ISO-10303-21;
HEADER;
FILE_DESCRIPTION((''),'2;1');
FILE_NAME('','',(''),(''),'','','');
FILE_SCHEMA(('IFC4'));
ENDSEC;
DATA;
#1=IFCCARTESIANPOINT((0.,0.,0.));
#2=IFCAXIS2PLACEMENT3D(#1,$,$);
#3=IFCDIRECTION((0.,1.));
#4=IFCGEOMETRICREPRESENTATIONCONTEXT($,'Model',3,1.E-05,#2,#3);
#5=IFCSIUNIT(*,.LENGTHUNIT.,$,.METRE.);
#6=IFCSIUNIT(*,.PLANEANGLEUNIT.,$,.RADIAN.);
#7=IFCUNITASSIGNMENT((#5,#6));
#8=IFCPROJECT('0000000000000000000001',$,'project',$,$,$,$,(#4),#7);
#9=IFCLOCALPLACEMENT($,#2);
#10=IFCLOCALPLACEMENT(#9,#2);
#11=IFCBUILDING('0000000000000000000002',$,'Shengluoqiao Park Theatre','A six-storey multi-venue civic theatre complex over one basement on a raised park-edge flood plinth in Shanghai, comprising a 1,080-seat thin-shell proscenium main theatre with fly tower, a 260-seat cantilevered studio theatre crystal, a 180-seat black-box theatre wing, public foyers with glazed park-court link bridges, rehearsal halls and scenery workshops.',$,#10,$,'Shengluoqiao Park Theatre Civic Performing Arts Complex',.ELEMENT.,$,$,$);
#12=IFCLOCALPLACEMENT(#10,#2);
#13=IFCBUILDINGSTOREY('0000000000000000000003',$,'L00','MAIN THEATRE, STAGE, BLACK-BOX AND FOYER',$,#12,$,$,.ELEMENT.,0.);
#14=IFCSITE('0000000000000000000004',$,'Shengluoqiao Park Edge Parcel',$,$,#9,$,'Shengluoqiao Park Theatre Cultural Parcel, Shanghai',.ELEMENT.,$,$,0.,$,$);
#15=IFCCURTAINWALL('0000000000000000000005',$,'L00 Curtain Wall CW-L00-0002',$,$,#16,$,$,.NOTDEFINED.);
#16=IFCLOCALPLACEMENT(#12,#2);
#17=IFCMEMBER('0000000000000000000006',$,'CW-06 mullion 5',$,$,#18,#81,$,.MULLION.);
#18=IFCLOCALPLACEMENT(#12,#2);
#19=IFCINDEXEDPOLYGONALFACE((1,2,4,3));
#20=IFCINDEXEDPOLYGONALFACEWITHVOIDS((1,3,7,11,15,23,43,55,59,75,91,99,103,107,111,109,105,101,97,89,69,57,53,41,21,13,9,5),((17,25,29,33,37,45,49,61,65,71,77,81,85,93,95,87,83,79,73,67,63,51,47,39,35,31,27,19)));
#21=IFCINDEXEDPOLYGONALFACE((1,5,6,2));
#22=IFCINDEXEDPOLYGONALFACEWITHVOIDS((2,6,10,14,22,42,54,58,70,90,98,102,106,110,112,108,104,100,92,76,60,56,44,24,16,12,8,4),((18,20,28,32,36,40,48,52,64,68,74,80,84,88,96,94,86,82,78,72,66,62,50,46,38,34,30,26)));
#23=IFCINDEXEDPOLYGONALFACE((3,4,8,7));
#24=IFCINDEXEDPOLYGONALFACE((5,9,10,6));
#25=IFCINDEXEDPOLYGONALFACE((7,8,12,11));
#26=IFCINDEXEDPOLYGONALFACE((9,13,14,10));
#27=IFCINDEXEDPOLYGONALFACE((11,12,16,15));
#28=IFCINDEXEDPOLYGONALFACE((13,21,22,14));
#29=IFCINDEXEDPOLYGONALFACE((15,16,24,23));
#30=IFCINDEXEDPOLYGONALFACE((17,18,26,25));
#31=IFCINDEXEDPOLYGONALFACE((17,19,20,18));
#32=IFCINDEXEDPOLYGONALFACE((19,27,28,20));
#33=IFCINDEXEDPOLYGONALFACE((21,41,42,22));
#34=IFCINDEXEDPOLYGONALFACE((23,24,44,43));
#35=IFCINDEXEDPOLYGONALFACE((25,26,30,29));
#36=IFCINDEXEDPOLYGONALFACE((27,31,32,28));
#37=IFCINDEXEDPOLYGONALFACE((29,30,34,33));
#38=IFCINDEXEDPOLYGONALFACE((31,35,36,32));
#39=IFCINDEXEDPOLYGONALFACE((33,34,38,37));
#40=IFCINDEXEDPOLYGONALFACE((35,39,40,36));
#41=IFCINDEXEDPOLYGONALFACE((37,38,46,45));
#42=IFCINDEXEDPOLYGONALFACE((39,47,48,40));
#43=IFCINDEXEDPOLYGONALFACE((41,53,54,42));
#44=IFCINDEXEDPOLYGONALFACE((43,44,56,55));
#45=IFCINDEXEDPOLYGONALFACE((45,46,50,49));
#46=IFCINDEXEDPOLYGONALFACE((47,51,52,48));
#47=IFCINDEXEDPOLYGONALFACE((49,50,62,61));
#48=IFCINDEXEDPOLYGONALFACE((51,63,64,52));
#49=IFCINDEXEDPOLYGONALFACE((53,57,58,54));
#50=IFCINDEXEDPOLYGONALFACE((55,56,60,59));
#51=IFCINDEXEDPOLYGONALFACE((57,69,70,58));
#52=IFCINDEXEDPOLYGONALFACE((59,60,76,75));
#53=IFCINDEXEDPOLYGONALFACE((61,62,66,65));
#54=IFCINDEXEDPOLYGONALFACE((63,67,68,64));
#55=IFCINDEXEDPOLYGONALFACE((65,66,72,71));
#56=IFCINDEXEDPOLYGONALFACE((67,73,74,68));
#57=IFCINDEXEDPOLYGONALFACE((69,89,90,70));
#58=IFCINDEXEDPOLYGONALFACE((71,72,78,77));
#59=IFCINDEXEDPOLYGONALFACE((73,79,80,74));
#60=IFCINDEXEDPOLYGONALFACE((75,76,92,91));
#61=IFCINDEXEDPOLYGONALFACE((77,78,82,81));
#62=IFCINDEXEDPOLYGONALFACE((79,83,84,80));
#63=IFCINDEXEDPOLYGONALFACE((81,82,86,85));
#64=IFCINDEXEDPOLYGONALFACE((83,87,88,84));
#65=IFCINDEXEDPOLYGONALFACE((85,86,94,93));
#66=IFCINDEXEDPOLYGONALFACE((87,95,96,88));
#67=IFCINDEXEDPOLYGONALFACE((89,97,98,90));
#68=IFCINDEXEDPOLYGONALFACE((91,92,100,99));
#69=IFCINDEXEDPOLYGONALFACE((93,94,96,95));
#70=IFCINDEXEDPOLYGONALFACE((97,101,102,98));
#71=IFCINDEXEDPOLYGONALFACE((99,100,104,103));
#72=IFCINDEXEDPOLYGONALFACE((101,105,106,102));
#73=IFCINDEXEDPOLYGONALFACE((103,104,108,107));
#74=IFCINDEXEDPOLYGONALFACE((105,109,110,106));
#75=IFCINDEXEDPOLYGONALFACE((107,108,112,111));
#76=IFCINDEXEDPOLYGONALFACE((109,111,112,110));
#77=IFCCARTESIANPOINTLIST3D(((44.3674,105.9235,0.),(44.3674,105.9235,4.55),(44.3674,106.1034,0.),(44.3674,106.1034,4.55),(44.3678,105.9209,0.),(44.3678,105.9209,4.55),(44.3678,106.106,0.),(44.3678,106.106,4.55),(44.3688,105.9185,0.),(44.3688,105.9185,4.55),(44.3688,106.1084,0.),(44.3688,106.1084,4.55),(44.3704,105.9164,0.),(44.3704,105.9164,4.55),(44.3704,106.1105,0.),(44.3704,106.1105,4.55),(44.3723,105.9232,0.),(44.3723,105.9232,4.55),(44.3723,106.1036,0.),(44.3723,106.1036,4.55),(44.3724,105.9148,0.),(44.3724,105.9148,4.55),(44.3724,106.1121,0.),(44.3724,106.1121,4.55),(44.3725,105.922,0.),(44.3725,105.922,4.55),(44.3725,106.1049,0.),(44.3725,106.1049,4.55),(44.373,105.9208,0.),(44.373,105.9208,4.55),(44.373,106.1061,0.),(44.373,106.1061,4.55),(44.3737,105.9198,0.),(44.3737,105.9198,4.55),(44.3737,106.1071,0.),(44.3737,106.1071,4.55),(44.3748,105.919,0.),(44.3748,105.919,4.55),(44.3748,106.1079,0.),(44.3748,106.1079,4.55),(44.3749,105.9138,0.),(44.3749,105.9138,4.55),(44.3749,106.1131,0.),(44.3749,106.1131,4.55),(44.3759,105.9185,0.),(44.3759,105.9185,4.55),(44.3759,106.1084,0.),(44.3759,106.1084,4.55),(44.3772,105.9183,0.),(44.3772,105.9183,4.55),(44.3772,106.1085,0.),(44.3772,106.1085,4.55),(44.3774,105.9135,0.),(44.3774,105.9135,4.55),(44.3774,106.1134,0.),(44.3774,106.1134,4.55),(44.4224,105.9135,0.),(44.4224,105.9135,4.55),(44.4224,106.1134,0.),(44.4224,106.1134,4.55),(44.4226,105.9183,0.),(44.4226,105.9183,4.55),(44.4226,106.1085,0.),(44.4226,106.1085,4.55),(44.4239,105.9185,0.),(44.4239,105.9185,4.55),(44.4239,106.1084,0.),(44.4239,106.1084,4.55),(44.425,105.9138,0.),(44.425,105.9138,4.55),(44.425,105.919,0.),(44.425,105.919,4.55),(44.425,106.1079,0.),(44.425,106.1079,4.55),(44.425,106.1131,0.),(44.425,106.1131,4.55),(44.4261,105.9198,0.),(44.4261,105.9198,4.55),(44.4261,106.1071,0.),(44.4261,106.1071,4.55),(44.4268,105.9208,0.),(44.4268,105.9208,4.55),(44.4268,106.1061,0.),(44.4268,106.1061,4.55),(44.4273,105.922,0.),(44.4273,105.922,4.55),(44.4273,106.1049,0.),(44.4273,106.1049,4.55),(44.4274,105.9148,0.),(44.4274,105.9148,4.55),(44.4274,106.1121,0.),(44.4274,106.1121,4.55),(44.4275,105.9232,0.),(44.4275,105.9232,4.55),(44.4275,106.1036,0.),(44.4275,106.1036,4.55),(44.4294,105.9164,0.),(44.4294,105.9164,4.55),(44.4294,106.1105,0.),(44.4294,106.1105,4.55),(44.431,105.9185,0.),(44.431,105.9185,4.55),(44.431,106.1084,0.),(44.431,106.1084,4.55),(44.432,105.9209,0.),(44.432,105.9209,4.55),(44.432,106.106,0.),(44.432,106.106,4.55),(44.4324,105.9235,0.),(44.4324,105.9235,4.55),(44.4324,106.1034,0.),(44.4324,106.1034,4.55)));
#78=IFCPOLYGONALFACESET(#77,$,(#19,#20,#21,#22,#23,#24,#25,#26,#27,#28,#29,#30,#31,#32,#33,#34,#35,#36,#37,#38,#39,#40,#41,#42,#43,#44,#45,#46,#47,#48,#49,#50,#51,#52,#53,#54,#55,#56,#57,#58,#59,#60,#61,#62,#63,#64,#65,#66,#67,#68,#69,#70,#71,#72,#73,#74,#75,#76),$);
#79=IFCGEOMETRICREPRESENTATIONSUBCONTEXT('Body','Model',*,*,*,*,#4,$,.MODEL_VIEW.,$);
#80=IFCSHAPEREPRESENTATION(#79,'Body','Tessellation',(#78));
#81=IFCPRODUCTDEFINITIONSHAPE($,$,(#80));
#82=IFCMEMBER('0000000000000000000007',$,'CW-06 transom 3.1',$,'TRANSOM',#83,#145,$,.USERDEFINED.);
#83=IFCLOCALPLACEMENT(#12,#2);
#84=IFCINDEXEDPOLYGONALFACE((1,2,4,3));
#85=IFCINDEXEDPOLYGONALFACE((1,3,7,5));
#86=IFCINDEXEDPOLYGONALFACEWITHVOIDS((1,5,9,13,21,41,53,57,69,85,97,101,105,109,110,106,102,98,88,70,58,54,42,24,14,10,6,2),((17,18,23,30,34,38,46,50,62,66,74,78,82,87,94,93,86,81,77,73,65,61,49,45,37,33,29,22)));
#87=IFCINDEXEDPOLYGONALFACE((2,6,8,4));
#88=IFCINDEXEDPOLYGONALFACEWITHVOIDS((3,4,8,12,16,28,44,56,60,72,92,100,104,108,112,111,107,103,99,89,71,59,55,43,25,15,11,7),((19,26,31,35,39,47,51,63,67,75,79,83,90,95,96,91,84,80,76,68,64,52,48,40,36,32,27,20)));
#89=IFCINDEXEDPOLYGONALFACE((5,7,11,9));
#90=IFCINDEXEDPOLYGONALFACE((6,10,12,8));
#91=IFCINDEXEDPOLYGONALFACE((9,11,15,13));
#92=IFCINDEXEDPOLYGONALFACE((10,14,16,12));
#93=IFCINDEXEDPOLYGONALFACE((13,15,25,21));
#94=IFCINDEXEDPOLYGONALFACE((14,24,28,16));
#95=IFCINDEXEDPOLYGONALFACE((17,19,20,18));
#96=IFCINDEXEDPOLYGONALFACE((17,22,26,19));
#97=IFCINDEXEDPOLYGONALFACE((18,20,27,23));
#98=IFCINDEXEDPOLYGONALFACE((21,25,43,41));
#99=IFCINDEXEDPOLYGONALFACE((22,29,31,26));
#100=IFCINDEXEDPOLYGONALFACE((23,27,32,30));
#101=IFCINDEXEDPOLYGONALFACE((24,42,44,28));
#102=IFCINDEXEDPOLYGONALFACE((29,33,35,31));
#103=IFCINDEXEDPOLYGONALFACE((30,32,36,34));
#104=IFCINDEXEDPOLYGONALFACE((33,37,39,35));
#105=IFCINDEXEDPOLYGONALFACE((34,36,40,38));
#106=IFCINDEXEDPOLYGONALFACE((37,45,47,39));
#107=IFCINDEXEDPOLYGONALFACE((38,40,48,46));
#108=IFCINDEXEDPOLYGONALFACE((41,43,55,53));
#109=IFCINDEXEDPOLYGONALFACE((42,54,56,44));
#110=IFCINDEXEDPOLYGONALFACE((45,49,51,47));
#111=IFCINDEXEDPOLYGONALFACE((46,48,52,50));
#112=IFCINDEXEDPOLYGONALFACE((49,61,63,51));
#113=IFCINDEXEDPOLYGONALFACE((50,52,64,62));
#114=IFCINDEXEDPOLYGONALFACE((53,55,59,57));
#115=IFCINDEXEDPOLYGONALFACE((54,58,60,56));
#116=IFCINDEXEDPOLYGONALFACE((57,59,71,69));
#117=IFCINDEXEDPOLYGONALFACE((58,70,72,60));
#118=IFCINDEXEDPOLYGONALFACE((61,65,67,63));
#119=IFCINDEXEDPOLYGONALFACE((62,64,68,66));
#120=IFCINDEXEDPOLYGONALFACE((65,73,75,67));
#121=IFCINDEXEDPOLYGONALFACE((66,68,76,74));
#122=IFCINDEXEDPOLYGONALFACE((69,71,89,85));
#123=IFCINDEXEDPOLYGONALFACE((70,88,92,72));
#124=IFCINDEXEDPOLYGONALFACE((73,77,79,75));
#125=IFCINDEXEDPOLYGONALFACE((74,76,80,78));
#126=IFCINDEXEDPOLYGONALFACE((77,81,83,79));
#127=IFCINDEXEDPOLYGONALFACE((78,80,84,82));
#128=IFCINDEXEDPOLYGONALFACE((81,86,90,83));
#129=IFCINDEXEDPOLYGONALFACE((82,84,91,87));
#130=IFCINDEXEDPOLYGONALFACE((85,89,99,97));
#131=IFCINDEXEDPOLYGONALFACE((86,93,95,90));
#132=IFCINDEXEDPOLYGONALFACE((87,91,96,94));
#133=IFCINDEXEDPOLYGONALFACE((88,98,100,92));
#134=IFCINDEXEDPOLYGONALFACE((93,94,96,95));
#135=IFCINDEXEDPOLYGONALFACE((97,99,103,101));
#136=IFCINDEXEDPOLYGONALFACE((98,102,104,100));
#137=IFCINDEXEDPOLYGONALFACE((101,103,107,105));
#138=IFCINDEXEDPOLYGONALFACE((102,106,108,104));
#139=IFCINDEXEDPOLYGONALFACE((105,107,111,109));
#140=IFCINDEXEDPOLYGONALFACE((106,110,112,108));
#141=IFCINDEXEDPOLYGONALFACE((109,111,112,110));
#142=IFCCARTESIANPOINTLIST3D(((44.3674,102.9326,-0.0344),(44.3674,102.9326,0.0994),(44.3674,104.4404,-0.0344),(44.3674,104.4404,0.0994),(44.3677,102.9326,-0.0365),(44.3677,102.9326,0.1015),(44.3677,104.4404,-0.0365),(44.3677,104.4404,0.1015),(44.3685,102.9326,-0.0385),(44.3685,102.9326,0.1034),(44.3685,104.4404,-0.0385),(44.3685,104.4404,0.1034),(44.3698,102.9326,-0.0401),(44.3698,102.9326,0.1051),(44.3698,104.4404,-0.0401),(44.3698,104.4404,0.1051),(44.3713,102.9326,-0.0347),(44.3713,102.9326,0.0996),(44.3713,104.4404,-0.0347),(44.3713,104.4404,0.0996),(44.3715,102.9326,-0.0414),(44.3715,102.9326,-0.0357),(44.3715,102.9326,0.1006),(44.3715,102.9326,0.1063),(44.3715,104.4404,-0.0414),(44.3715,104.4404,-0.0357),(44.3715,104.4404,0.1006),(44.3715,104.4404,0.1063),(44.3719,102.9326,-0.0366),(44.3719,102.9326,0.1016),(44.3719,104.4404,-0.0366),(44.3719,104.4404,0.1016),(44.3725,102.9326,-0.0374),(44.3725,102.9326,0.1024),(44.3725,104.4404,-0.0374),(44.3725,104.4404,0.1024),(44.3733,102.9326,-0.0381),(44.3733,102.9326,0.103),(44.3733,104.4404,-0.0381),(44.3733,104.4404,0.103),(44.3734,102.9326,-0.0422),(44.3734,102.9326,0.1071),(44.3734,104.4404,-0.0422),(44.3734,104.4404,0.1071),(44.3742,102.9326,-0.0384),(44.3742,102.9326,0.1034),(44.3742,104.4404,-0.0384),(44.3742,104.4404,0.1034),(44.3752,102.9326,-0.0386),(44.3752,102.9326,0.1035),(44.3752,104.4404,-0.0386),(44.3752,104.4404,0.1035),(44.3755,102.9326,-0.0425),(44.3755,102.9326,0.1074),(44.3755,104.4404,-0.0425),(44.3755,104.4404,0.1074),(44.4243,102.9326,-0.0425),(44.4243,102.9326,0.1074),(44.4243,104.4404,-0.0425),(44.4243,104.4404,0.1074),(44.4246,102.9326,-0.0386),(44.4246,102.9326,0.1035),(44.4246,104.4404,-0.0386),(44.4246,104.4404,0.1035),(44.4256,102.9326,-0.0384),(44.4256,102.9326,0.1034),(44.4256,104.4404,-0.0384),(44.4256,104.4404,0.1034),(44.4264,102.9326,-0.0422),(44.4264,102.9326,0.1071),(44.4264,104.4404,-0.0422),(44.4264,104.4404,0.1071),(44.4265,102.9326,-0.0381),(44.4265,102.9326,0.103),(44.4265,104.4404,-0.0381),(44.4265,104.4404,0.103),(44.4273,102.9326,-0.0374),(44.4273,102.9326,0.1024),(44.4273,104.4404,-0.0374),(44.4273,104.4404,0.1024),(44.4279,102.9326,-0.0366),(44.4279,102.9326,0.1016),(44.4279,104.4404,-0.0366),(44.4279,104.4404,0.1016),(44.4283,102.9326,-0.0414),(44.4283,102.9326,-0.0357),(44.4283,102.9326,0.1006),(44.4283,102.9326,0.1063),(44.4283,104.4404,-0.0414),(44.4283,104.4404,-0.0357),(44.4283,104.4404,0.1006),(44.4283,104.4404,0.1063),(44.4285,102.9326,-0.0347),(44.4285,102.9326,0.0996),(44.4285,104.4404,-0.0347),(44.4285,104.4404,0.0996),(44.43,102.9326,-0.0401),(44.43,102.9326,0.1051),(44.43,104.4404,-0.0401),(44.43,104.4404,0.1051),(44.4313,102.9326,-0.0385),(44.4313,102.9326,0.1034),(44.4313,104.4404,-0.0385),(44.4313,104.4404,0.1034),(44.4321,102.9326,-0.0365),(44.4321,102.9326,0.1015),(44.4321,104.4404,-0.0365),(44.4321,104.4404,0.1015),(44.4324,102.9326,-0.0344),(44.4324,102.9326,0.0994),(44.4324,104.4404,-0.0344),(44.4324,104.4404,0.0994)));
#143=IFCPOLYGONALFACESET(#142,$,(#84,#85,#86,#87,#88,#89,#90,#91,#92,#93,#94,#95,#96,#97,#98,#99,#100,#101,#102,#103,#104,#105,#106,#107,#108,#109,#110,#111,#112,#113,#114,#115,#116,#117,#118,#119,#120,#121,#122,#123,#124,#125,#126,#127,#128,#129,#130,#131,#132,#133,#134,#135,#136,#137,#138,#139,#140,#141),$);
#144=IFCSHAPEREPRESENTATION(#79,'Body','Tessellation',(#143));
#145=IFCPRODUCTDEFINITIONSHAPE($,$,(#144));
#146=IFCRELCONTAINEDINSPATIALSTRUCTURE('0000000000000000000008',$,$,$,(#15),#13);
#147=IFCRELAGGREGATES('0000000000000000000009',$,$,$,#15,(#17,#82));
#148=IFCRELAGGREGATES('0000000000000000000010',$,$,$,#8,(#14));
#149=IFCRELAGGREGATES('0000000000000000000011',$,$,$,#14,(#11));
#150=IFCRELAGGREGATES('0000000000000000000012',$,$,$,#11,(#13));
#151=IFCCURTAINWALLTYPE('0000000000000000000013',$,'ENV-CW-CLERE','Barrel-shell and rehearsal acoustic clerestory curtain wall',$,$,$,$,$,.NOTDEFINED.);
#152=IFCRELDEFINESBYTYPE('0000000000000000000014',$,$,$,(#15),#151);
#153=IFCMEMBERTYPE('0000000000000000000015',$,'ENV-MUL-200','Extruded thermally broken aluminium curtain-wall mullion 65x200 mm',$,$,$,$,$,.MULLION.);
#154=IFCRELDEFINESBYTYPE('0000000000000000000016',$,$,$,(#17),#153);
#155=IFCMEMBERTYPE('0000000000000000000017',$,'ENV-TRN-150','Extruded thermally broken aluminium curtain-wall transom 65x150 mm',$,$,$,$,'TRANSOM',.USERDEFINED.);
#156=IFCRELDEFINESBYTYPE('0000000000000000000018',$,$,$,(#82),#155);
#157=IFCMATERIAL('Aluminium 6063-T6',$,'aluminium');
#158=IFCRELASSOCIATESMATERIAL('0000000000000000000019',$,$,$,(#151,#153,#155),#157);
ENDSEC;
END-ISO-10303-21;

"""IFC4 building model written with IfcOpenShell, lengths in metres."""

from ifc_helpers import new_model, si_unit, direction, frame, origin, origin_2d, place, context, subcontext, project, spatial, hollow_rectangle, extrude, material, material_profile, profile_set, type_object, element, aggregate, save


model = new_model("IFC4")

# Units and contexts
model_context = context("Model", 3, precision=1e-05, world=origin(), true_north=direction((0.0, 1.0)))
body_context = subcontext(model_context, "Body", "Model", "MODEL_VIEW")
ifc_project = project(units=[si_unit("LENGTHUNIT", "METRE"), si_unit("PLANEANGLEUNIT", "RADIAN")], contexts=[model_context])

# Site, building, storey
site_placement = place(None, origin())
site = spatial("IfcSite", under=ifc_project, at=site_placement, Name="Shengluoqiao Park Edge Parcel", LongName="Shengluoqiao Park Theatre Cultural Parcel, Shanghai", CompositionType="ELEMENT", RefElevation=0.0)
building_placement = place(site_placement, origin())
building = spatial("IfcBuilding", under=site, at=building_placement, Name="Shengluoqiao Park Theatre", Description="A six-storey multi-venue civic theatre complex over one basement on a raised park-edge flood plinth in Shanghai, comprising a 1,080-seat thin-shell proscenium main theatre with fly tower, a 260-seat cantilevered studio theatre crystal, a 180-seat black-box theatre wing, public foyers with glazed park-court link bridges, rehearsal halls and scenery workshops.", LongName="Shengluoqiao Park Theatre Civic Performing Arts Complex", CompositionType="ELEMENT")
storey_placement = place(building_placement, origin())
storey = spatial("IfcBuildingStorey", under=building, at=storey_placement, Name="L00", Description="MAIN THEATRE, STAGE, BLACK-BOX AND FOYER", CompositionType="ELEMENT", Elevation=0.0)

# Curtain wall, members
ifc_material_1 = material(Name="Aluminium 6063-T6", Category="aluminium")
curtain_wall_type = type_object("IfcCurtainWallType", Name="ENV-CW-CLERE", Description="Barrel-shell and rehearsal acoustic clerestory curtain wall", PredefinedType="NOTDEFINED", material=ifc_material_1)
curtain_wall_placement = place(storey_placement, origin())
curtain_wall = element("IfcCurtainWall", 1, at=curtain_wall_placement, inside=storey, type_object=curtain_wall_type, Name="L00 Curtain Wall CW-L00-0002", PredefinedType="NOTDEFINED")
ifc_material_profile_1 = material_profile(ifc_material_1, hollow_rectangle(XDim=0.0649, YDim=0.2, WallThickness=0.0049, InnerFilletRadius=0.0049, OuterFilletRadius=0.01, at=origin_2d()), Name="ALU MULLION 200x65x5")
ifc_profile_set_1 = profile_set([ifc_material_profile_1], Name="Aluminium 6063-T6")
member_type_1 = type_object("IfcMemberType", Name="ENV-MUL-200", Description="Extruded thermally broken aluminium curtain-wall mullion 65x200 mm", PredefinedType="MULLION", material=ifc_profile_set_1)
member_1_placement = place(storey_placement, frame((44.3999, 106.0134, 0.0), z_axis=(0.0, 0.0, 1.0), x_axis=(-1.0, 0.0, 0.0)))
member_1 = element("IfcMember", 2, at=member_1_placement, type_object=member_type_1, Name="CW-06 mullion 5", PredefinedType="MULLION", context=body_context, shape_type="SweptSolid", body=[
    extrude(hollow_rectangle(XDim=0.0649, YDim=0.2, WallThickness=0.0049, InnerFilletRadius=0.0049, OuterFilletRadius=0.01, at=origin_2d()), origin(), (0.0, 0.0, 1.0), 4.55),
])
ifc_material_profile_2 = material_profile(ifc_material_1, hollow_rectangle(XDim=0.0649, YDim=0.1499, WallThickness=0.0039, InnerFilletRadius=0.0039, OuterFilletRadius=0.0081, at=origin_2d()), Name="ALU TRANSOM 150x65x4")
ifc_profile_set_2 = profile_set([ifc_material_profile_2], Name="Aluminium 6063-T6")
member_type_2 = type_object("IfcMemberType", Name="ENV-TRN-150", Description="Extruded thermally broken aluminium curtain-wall transom 65x150 mm", ElementType="TRANSOM", PredefinedType="USERDEFINED", material=ifc_profile_set_2)
member_2_placement = place(storey_placement, frame((44.3999, 102.9326, 0.0325), z_axis=(0.0, 1.0, 0.0), x_axis=(-1.0, 0.0, 0.0)))
member_2 = element("IfcMember", 3, at=member_2_placement, type_object=member_type_2, Name="CW-06 transom 3.1", ObjectType="TRANSOM", PredefinedType="USERDEFINED", context=body_context, shape_type="SweptSolid", body=[
    extrude(hollow_rectangle(XDim=0.0649, YDim=0.1499, WallThickness=0.0039, InnerFilletRadius=0.0039, OuterFilletRadius=0.0081, at=origin_2d()), origin(), (0.0, 0.0, 1.0), 1.5078),
])

aggregate(curtain_wall, [member_1, member_2])

save(model, "model.ifc")
